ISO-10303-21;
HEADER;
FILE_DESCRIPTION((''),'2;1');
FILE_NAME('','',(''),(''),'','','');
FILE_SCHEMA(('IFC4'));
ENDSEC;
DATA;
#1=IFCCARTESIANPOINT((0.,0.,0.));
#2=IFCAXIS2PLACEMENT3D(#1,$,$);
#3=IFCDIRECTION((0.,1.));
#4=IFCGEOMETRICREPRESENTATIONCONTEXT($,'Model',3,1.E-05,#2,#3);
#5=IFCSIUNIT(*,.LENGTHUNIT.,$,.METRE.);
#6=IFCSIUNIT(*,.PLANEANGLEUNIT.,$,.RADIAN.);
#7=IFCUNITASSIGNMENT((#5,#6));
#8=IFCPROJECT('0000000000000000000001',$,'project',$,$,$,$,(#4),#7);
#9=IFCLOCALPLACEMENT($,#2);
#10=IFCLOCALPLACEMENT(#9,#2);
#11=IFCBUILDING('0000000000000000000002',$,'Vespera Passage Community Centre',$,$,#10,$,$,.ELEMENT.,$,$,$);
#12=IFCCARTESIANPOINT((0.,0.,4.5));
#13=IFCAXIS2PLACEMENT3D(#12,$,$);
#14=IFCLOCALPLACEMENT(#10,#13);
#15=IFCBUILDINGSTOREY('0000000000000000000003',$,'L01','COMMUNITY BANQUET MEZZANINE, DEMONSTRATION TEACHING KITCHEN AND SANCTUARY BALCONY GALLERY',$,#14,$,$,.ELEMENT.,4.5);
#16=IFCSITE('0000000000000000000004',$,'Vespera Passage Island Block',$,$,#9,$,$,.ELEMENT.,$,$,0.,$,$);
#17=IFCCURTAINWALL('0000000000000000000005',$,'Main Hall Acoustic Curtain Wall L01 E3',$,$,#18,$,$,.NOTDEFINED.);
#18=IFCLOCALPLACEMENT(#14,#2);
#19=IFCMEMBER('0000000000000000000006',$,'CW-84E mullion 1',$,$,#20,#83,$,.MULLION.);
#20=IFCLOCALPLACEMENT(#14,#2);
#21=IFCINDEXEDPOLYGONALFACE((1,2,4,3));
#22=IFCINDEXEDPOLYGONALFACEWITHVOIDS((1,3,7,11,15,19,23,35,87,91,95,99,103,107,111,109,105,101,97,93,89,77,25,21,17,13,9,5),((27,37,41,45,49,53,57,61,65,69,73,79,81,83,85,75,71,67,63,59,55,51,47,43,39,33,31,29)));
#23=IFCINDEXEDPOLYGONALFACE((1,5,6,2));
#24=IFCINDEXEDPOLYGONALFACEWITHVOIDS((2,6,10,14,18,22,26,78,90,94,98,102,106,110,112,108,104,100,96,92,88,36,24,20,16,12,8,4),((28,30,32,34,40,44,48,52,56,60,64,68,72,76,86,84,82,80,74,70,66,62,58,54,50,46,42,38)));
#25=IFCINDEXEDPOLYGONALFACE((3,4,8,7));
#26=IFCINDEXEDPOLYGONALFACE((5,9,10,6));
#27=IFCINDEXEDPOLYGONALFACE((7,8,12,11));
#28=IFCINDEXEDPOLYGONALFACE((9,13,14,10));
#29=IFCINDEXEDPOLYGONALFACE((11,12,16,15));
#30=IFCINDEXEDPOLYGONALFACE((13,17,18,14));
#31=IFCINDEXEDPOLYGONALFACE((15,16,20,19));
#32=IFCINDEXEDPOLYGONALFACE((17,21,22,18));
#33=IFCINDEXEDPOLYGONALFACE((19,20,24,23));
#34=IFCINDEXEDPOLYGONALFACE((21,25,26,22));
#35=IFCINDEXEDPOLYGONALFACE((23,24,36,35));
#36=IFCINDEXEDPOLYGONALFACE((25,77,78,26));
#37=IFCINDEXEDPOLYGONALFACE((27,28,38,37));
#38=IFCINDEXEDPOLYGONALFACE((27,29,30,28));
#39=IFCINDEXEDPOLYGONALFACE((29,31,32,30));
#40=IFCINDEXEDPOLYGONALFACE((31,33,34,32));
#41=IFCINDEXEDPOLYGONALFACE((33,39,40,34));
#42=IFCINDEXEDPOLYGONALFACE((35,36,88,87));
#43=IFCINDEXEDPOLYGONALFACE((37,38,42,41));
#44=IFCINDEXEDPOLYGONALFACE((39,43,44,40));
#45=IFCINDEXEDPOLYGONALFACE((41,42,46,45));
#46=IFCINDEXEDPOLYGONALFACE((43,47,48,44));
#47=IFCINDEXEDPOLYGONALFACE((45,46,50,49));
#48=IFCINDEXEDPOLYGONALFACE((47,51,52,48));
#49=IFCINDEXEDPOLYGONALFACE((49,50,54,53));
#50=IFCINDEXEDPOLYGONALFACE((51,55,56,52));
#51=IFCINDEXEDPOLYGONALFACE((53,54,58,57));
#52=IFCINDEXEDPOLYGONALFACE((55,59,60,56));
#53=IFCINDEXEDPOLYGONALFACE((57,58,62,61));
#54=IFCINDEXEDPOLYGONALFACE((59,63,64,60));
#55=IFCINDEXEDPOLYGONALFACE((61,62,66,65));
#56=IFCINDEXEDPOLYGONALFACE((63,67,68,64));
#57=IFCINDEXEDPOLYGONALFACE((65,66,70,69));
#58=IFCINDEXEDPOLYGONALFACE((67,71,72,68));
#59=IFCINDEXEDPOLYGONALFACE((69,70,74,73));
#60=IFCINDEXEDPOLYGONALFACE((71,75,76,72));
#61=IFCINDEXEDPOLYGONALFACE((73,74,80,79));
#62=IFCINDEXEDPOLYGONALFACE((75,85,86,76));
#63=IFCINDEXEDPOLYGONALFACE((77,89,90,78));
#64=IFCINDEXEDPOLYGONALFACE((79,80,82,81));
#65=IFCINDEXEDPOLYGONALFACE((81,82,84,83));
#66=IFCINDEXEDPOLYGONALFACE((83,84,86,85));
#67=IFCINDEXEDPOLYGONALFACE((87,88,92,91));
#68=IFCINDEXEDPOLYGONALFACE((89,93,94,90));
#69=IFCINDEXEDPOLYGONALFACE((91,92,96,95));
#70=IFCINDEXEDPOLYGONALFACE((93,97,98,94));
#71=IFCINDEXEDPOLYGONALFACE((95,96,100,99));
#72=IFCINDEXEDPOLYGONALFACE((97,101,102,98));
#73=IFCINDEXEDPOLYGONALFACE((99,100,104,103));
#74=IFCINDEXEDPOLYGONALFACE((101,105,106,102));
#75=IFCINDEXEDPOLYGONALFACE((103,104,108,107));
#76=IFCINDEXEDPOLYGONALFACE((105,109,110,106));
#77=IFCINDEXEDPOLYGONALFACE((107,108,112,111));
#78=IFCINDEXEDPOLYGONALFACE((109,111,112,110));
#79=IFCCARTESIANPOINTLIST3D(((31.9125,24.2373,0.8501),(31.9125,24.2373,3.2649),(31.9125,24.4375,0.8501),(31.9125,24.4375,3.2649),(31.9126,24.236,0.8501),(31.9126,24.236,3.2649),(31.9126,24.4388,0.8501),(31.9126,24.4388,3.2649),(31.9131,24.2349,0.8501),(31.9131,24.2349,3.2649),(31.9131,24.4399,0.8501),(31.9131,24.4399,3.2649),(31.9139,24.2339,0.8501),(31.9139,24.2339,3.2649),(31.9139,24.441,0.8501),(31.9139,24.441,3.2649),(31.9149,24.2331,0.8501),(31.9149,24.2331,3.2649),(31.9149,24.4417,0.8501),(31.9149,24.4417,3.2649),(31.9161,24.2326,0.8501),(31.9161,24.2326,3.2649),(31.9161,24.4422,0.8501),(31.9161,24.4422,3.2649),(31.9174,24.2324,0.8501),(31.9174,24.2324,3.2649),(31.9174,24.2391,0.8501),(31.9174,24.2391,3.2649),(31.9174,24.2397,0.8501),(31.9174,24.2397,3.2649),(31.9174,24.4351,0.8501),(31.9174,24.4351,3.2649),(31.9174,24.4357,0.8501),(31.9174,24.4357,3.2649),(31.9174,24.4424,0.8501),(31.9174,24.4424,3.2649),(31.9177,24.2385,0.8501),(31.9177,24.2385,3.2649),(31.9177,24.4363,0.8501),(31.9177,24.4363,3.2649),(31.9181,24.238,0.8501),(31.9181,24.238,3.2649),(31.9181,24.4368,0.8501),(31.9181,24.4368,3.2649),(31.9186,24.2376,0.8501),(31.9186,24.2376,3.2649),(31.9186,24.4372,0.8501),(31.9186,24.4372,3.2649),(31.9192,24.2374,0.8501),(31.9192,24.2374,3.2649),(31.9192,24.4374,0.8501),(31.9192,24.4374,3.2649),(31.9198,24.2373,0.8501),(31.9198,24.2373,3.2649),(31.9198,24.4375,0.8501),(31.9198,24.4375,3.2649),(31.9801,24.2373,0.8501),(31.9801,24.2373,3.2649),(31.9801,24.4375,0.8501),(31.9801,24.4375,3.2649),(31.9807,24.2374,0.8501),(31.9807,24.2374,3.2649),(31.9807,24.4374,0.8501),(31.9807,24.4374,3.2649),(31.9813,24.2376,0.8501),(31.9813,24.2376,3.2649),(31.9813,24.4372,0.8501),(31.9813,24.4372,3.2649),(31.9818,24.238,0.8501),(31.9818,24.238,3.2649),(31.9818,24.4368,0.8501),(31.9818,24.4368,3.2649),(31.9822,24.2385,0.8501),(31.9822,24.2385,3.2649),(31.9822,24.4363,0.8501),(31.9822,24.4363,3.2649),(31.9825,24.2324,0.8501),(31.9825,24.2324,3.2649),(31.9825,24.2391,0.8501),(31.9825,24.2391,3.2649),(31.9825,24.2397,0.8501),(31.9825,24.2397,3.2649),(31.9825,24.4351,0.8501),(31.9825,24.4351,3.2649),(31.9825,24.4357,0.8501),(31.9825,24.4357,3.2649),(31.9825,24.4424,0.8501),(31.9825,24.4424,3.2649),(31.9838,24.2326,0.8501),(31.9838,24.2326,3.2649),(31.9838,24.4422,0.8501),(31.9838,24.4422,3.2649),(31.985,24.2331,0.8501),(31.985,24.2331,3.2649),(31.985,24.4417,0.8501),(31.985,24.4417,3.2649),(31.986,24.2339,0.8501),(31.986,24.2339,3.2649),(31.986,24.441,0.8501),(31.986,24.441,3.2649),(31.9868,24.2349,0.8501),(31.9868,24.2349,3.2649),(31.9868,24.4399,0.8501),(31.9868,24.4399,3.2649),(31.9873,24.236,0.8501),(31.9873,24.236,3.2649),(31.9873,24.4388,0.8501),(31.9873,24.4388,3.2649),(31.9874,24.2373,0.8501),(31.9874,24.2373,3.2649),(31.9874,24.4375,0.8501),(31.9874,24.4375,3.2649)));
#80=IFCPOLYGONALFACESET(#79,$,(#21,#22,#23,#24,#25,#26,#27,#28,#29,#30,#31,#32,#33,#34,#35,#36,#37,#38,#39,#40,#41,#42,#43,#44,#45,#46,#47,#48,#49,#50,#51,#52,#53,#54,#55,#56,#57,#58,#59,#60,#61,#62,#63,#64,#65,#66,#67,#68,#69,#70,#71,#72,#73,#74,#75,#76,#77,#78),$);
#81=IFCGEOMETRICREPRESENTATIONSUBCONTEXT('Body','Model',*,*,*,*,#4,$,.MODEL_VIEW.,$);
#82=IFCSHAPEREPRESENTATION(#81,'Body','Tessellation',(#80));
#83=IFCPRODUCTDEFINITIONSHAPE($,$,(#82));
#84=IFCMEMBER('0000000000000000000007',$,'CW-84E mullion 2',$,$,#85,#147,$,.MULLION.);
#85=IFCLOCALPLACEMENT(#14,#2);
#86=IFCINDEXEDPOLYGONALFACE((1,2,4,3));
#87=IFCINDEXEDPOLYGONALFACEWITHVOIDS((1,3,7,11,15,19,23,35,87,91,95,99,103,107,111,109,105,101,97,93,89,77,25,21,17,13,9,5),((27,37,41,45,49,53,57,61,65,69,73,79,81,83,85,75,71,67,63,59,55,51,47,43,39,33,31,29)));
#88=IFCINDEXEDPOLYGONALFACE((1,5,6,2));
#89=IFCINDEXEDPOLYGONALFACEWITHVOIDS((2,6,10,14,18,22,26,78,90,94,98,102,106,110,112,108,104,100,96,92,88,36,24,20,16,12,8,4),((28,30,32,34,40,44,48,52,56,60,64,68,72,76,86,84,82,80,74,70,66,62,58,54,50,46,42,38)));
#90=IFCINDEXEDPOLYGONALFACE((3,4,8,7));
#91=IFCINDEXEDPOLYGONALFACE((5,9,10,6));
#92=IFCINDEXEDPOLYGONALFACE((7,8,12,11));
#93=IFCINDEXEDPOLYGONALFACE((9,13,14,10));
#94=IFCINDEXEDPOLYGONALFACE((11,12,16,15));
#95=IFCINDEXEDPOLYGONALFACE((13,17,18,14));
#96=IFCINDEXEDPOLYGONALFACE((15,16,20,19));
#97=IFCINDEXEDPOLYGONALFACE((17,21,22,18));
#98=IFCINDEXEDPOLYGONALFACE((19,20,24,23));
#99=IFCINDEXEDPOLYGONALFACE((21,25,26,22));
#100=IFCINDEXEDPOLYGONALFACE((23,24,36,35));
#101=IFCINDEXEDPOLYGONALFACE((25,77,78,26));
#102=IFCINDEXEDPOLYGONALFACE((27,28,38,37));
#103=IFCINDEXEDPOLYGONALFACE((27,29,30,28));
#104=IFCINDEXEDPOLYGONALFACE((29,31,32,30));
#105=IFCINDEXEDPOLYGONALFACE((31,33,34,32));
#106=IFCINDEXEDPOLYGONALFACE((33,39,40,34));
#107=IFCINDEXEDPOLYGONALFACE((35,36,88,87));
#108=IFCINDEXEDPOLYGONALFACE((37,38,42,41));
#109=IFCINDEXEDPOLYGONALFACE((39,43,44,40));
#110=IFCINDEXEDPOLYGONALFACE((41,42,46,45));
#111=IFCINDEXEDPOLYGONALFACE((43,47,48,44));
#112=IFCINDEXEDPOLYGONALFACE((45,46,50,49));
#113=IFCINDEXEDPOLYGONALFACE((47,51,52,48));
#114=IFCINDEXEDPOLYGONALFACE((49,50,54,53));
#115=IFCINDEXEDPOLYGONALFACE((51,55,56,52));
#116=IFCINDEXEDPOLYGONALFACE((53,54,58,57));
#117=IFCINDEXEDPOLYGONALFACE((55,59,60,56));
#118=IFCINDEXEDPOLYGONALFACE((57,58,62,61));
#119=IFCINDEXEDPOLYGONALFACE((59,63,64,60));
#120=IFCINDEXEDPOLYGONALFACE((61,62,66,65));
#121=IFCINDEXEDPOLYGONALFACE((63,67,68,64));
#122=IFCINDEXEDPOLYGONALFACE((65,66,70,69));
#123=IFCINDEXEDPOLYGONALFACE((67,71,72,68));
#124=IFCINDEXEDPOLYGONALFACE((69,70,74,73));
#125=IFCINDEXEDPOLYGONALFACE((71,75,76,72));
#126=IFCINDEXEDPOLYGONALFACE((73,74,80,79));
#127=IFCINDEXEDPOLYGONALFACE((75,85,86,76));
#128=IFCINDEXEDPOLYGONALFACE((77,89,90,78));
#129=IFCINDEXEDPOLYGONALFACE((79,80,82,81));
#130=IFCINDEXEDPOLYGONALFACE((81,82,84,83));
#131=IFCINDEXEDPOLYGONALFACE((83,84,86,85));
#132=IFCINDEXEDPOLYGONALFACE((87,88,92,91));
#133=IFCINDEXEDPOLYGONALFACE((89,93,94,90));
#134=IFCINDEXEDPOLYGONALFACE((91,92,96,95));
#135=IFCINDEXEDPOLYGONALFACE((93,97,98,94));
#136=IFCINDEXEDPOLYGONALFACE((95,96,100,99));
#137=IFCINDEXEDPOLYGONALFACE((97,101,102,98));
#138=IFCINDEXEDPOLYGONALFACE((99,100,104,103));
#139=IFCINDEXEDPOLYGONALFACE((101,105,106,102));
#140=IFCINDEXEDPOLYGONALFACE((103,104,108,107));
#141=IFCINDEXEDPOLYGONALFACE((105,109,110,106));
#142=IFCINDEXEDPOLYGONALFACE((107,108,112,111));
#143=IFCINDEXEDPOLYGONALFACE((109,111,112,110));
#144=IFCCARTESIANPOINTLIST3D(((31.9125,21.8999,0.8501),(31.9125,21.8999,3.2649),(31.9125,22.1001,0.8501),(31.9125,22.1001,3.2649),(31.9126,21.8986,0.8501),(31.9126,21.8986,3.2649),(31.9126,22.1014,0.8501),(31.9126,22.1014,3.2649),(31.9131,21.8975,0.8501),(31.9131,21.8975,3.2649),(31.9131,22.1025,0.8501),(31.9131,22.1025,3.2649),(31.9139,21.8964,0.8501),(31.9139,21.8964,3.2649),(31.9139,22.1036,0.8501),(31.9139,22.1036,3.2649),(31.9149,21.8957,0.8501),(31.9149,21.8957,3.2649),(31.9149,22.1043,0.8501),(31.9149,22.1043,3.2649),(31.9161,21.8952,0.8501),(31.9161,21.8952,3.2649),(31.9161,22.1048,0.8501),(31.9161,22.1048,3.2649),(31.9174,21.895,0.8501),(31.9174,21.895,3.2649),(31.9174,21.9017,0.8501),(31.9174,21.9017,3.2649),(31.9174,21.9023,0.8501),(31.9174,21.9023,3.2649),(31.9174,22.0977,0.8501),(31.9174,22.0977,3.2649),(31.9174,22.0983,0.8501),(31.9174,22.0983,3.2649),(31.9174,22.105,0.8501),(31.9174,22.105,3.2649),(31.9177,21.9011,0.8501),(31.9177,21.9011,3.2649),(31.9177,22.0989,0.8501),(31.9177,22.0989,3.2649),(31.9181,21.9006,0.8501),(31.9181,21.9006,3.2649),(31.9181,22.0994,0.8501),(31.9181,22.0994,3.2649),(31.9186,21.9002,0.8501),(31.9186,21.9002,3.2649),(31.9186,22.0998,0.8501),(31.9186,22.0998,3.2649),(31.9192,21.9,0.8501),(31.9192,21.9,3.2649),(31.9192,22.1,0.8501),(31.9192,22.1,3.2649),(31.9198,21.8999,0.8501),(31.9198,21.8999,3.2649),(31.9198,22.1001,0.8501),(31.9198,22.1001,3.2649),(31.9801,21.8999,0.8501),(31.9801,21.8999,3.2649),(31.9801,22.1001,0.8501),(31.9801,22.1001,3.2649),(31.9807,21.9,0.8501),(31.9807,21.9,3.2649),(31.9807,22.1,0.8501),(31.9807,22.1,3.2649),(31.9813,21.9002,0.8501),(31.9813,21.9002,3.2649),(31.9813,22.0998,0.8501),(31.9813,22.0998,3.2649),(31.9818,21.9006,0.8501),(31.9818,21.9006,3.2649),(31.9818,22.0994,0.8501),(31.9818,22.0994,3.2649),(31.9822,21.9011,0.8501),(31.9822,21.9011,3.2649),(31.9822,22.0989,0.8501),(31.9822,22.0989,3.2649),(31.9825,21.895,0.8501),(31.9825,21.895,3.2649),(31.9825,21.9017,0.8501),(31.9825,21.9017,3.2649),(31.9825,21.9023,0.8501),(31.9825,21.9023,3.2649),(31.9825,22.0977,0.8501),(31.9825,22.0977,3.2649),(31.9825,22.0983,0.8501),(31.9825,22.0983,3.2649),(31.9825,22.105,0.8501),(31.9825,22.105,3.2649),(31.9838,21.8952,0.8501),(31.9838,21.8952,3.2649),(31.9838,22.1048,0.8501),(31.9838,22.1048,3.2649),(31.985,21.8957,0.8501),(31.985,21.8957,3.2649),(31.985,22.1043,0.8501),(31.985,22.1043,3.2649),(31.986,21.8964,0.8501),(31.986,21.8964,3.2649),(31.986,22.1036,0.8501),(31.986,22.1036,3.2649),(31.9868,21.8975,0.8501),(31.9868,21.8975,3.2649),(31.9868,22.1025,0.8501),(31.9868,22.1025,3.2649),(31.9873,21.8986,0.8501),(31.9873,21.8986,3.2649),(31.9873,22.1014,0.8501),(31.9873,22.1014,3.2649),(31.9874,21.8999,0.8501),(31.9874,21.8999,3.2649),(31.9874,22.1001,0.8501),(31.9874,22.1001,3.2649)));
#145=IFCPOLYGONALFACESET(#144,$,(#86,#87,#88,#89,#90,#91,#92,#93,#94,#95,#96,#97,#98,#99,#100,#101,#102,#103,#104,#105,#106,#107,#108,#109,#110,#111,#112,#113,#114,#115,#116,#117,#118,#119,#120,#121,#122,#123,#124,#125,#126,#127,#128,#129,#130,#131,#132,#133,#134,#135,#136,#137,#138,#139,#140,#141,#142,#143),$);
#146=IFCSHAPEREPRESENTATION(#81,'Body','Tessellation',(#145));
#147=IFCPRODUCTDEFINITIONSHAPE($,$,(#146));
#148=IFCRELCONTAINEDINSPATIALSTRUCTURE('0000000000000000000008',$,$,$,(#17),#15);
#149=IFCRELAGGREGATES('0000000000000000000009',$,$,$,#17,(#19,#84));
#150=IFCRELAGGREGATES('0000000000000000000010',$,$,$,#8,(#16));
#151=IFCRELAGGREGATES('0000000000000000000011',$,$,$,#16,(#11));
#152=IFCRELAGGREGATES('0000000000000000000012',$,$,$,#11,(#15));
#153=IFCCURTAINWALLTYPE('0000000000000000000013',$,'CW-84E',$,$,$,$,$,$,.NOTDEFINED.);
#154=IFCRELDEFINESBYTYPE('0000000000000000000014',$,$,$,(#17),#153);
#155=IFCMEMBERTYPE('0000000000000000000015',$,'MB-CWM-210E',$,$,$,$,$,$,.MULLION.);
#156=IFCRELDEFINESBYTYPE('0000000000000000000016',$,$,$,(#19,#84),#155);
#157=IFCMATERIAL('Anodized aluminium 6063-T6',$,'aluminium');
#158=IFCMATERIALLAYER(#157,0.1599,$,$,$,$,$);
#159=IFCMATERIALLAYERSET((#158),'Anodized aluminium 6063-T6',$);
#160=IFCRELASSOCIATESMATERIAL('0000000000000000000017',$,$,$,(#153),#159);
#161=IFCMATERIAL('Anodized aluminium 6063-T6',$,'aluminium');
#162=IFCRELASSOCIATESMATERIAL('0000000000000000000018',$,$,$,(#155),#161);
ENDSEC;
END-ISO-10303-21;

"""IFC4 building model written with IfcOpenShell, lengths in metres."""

from ifc_helpers import new_model, si_unit, direction, frame, origin, origin_2d, place, context, subcontext, project, spatial, hollow_rectangle, extrude, material, layer, layer_set, material_profile, profile_set, type_object, element, aggregate, save


model = new_model("IFC4")

# Units and contexts
model_context = context("Model", 3, precision=1e-05, world=origin(), true_north=direction((0.0, 1.0)))
body_context = subcontext(model_context, "Body", "Model", "MODEL_VIEW")
ifc_project = project(units=[si_unit("LENGTHUNIT", "METRE"), si_unit("PLANEANGLEUNIT", "RADIAN")], contexts=[model_context])

# Site, building, storey
site_placement = place(None, origin())
site = spatial("IfcSite", under=ifc_project, at=site_placement, Name="Vespera Passage Island Block", CompositionType="ELEMENT", RefElevation=0.0)
building_placement = place(site_placement, origin())
building = spatial("IfcBuilding", under=site, at=building_placement, Name="Vespera Passage Community Centre", CompositionType="ELEMENT")
storey_placement = place(building_placement, frame((0.0, 0.0, 4.5)))
storey = spatial("IfcBuildingStorey", under=building, at=storey_placement, Name="L01", Description="COMMUNITY BANQUET MEZZANINE, DEMONSTRATION TEACHING KITCHEN AND SANCTUARY BALCONY GALLERY", CompositionType="ELEMENT", Elevation=4.5)

# Curtain wall, members
ifc_material_1 = material(Name="Anodized aluminium 6063-T6", Category="aluminium")
ifc_layer_1 = layer(ifc_material_1, 0.1599)
ifc_layer_set_1 = layer_set([ifc_layer_1], Name="Anodized aluminium 6063-T6")
curtain_wall_type = type_object("IfcCurtainWallType", Name="CW-84E", PredefinedType="NOTDEFINED", material=ifc_layer_set_1)
ifc_material_2 = material(Name="Anodized aluminium 6063-T6", Category="aluminium")
ifc_material_profile_1 = material_profile(ifc_material_2, hollow_rectangle(XDim=0.075, YDim=0.21, WallThickness=0.0049, InnerFilletRadius=0.0024, OuterFilletRadius=0.0049, at=origin_2d()), Name="ALU210X75X5")
ifc_profile_set_1 = profile_set([ifc_material_profile_1], Name="Anodized aluminium 6063-T6")
member_type_1 = type_object("IfcMemberType", Name="MB-CWM-210E", PredefinedType="MULLION", material=ifc_profile_set_1)
curtain_wall_1_placement = place(storey_placement, origin())
curtain_wall_1 = element("IfcCurtainWall", 1, at=curtain_wall_1_placement, inside=storey, type_object=curtain_wall_type, Name="Main Hall Acoustic Curtain Wall L01 E3", PredefinedType="NOTDEFINED")
member_1_placement = place(storey_placement, frame((31.95, 24.3374, 0.8501), z_axis=(0.0, 0.0, 1.0), x_axis=(1.0, 0.0, 0.0)))
member_1 = element("IfcMember", 2, at=member_1_placement, type_object=member_type_1, Name="CW-84E mullion 1", PredefinedType="MULLION", context=body_context, shape_type="SweptSolid", body=[
    extrude(hollow_rectangle(XDim=0.075, YDim=0.21, WallThickness=0.0049, InnerFilletRadius=0.0024, OuterFilletRadius=0.0049, at=origin_2d()), origin(), (0.0, 0.0, 1.0), 2.4148),
])
member_2_placement = place(storey_placement, frame((31.95, 22.0, 0.8501), z_axis=(0.0, 0.0, 1.0), x_axis=(1.0, 0.0, 0.0)))
member_2 = element("IfcMember", 3, at=member_2_placement, type_object=member_type_1, Name="CW-84E mullion 2", PredefinedType="MULLION", context=body_context, shape_type="SweptSolid", body=[
    extrude(hollow_rectangle(XDim=0.075, YDim=0.21, WallThickness=0.0049, InnerFilletRadius=0.0024, OuterFilletRadius=0.0049, at=origin_2d()), origin(), (0.0, 0.0, 1.0), 2.4148),
])

aggregate(curtain_wall_1, [member_1, member_2])

save(model, "model.ifc")
